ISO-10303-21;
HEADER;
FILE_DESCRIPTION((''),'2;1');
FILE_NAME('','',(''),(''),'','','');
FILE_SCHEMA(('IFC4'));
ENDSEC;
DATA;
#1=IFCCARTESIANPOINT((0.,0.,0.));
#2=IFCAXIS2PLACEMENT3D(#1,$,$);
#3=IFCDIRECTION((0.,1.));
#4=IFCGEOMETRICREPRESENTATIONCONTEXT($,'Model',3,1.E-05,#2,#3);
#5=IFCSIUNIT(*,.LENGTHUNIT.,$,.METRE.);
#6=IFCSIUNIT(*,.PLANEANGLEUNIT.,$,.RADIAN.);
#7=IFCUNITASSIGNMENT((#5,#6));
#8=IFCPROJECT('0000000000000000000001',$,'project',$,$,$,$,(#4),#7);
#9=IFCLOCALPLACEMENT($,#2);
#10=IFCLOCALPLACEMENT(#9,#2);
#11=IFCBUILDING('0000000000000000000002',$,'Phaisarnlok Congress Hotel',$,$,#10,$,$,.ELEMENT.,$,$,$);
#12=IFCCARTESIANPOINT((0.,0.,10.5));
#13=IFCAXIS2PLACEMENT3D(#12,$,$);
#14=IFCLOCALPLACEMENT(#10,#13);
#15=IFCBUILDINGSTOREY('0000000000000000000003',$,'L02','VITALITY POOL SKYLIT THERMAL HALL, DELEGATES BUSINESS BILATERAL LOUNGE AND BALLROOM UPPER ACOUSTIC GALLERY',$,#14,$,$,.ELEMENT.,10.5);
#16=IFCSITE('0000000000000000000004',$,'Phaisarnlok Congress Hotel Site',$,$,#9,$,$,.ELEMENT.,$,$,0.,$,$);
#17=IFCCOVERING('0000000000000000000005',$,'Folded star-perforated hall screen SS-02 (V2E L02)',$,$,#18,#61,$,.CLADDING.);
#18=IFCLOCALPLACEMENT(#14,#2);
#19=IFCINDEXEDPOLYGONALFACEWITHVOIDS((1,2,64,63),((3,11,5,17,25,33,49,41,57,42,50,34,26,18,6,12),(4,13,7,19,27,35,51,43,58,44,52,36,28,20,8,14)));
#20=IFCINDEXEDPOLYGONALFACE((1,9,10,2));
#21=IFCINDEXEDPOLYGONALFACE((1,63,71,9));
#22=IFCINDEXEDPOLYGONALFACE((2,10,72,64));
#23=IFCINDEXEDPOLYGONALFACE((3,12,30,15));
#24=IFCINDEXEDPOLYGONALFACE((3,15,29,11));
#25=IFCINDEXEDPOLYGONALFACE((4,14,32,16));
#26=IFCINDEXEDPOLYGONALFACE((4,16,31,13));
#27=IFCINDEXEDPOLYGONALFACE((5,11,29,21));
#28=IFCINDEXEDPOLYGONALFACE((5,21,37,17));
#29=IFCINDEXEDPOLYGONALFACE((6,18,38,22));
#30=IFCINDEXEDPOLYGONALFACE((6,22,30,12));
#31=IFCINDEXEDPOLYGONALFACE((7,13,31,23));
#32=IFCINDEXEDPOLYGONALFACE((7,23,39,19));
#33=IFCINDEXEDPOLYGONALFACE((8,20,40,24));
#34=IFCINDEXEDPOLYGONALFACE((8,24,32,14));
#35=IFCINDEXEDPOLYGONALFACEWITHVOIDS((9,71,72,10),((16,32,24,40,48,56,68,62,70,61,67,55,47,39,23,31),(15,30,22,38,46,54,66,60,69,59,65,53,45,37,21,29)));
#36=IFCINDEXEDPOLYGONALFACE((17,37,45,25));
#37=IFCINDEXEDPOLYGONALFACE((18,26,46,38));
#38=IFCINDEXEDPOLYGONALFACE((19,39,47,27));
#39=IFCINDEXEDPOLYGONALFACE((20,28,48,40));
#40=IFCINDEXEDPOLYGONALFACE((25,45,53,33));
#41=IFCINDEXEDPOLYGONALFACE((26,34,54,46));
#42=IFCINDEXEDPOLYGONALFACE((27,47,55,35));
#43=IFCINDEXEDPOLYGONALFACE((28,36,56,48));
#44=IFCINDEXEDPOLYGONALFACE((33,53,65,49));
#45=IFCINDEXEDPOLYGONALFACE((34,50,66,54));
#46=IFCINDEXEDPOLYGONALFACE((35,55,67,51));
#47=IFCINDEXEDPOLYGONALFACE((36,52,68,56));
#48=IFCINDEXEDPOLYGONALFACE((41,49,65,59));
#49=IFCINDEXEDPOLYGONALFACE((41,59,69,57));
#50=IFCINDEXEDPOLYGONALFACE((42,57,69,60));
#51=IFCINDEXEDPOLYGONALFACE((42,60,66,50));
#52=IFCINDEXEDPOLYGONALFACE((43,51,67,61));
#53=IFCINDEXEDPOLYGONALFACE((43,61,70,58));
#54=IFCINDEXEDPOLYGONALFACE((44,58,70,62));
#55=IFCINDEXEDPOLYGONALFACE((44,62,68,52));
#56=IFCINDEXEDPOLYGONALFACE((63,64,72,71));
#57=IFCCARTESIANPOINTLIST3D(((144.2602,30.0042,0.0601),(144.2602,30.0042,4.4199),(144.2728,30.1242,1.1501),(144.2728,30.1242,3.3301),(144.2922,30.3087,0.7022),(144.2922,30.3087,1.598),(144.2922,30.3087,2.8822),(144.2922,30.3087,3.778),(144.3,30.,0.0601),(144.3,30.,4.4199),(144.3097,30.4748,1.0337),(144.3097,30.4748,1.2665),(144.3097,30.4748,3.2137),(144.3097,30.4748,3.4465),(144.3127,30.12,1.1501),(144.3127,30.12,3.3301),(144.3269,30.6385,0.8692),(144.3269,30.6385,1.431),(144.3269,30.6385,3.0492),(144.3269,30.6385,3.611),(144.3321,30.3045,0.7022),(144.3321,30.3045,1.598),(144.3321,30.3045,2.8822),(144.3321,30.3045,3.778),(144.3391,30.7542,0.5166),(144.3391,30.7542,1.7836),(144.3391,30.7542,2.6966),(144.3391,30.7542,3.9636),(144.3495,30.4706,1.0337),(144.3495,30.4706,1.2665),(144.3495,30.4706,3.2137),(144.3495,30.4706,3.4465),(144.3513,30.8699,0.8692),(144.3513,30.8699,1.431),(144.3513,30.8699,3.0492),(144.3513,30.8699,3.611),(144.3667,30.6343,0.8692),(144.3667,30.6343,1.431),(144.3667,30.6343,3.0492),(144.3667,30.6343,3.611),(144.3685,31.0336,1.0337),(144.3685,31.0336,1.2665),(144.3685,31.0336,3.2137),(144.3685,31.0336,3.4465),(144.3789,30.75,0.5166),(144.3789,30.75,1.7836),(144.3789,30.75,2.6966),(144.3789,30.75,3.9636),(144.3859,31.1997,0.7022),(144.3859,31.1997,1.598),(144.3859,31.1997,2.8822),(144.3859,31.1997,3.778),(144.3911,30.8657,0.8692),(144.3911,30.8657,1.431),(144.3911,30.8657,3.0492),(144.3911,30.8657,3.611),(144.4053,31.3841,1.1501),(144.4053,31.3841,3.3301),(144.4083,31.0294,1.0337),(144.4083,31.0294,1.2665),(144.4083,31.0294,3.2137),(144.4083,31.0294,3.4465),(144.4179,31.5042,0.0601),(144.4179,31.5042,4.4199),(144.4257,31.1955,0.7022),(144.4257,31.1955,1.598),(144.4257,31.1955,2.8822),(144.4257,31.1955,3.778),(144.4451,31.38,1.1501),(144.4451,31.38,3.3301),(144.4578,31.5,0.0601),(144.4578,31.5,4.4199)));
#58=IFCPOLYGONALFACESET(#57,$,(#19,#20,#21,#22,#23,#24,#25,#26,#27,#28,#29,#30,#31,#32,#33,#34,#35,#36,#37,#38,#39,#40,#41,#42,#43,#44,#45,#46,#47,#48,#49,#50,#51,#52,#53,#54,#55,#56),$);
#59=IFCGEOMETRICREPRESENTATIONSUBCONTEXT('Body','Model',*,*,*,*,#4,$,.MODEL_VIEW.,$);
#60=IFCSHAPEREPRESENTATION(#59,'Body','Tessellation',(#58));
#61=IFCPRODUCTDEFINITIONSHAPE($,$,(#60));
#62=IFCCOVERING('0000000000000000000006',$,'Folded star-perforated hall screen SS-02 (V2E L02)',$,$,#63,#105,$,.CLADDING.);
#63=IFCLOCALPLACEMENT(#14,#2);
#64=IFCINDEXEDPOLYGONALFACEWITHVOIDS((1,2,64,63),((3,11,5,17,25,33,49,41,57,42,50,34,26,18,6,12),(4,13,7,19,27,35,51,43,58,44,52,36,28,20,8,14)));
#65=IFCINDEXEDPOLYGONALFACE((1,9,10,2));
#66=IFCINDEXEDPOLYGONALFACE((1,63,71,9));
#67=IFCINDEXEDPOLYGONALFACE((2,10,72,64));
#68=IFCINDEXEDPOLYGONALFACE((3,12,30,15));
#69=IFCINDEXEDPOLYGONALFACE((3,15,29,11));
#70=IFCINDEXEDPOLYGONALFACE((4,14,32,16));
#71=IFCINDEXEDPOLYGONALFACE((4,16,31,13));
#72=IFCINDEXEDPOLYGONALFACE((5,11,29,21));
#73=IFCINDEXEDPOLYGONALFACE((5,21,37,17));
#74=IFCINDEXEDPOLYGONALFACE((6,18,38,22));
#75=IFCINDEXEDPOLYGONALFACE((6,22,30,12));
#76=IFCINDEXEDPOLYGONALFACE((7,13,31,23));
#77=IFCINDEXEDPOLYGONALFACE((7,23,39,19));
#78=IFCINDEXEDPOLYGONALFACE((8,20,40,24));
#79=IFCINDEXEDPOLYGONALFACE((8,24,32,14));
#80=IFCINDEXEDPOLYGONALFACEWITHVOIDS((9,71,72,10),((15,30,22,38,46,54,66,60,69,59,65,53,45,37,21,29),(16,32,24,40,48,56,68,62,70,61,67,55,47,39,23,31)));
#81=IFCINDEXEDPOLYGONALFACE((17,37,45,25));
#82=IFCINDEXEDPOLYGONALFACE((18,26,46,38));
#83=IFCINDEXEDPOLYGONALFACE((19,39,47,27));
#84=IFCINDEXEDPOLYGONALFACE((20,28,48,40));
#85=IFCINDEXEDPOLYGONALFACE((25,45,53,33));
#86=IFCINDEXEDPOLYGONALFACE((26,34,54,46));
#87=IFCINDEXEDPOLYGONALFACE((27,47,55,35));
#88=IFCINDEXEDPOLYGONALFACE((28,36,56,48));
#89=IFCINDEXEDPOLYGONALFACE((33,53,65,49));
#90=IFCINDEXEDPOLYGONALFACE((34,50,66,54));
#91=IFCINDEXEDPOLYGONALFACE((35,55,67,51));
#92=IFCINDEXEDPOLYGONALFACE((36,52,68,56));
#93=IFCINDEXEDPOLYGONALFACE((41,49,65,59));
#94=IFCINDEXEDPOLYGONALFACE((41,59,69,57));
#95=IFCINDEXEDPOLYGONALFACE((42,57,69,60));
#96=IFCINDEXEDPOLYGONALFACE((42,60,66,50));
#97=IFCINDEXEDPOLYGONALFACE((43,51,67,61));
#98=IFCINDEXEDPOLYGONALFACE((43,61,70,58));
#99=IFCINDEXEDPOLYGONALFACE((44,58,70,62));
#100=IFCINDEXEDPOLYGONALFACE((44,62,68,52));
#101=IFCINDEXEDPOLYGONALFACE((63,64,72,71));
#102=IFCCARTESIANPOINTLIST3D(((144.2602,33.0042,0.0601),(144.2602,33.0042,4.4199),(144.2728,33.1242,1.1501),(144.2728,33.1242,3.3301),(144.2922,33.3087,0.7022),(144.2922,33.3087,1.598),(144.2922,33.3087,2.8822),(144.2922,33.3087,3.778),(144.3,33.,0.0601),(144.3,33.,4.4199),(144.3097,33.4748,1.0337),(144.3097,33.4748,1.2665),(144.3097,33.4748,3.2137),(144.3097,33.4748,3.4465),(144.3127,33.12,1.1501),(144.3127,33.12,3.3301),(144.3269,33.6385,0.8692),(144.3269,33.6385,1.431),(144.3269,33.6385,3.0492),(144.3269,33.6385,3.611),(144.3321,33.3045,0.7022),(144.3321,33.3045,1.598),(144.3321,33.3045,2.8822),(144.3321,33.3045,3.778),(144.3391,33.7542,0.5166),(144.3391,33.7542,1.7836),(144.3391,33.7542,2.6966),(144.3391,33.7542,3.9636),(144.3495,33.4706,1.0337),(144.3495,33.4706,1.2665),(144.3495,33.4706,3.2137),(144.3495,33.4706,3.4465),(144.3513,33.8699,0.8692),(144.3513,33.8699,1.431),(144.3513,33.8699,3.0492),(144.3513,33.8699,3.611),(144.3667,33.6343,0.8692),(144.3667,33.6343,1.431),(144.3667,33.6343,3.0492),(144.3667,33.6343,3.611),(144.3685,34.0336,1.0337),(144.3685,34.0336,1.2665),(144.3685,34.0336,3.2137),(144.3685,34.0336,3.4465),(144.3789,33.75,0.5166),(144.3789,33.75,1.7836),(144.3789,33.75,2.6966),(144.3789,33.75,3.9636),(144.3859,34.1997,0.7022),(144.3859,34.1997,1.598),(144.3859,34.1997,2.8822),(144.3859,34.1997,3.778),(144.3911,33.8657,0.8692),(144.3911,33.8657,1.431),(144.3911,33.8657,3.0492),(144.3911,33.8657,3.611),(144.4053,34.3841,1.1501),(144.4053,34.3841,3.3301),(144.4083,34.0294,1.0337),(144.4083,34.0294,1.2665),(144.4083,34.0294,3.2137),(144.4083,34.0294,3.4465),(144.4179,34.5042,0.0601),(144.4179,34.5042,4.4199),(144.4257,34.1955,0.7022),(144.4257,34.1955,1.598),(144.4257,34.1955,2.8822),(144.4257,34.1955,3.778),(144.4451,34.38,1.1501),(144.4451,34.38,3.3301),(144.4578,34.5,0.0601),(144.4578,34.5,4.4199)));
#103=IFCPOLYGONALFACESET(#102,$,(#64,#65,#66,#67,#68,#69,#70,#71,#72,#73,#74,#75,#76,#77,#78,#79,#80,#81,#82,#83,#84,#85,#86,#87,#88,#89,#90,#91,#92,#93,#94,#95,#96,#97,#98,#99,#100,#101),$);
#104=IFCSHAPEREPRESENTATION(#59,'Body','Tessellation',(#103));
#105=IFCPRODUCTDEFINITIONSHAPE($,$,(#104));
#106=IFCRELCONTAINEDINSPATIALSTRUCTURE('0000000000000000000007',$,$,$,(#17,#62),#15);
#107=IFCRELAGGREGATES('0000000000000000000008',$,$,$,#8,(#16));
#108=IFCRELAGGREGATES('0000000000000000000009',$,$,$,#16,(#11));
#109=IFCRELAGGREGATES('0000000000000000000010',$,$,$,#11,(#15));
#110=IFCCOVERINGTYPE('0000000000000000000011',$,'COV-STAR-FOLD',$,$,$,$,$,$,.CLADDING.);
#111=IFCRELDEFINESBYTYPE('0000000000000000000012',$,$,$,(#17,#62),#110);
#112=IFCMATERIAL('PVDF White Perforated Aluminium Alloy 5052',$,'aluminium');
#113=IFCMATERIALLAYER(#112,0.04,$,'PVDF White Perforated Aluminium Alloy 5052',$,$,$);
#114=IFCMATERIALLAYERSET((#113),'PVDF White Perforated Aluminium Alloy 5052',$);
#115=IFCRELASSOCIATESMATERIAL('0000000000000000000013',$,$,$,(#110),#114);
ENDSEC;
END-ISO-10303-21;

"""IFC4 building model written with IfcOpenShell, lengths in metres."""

from ifc_helpers import new_model, si_unit, direction, frame, origin, place, context, subcontext, project, spatial, polyline, outline, extrude, material, layer, layer_set, type_object, element, save


model = new_model("IFC4")

# Units and contexts
model_context = context("Model", 3, precision=1e-05, world=origin(), true_north=direction((0.0, 1.0)))
body_context = subcontext(model_context, "Body", "Model", "MODEL_VIEW")
ifc_project = project(units=[si_unit("LENGTHUNIT", "METRE"), si_unit("PLANEANGLEUNIT", "RADIAN")], contexts=[model_context])

# Site, building, storey
site_placement = place(None, origin())
site = spatial("IfcSite", under=ifc_project, at=site_placement, Name="Phaisarnlok Congress Hotel Site", CompositionType="ELEMENT", RefElevation=0.0)
building_placement = place(site_placement, origin())
building = spatial("IfcBuilding", under=site, at=building_placement, Name="Phaisarnlok Congress Hotel", CompositionType="ELEMENT")
storey_placement = place(building_placement, frame((0.0, 0.0, 10.5)))
storey = spatial("IfcBuildingStorey", under=building, at=storey_placement, Name="L02", Description="VITALITY POOL SKYLIT THERMAL HALL, DELEGATES BUSINESS BILATERAL LOUNGE AND BALLROOM UPPER ACOUSTIC GALLERY", CompositionType="ELEMENT", Elevation=10.5)

# Coverings
ifc_material_1 = material(Name="PVDF White Perforated Aluminium Alloy 5052", Category="aluminium")
ifc_layer_1 = layer(ifc_material_1, 0.04, Name="PVDF White Perforated Aluminium Alloy 5052")
ifc_layer_set_1 = layer_set([ifc_layer_1], Name="PVDF White Perforated Aluminium Alloy 5052")
covering_type = type_object("IfcCoveringType", Name="COV-STAR-FOLD", PredefinedType="CLADDING", material=ifc_layer_set_1)
for number, where, z_axis, x_axis, name in (
    (1, (144.4578, 31.5, 0.0601), (-0.994518, 0.104567, 0.0), (-0.104567, -0.994518, 0.0), "Folded star-perforated hall screen SS-02 (V2E L02)"),
    (2, (144.4578, 34.5, 0.0601), (-0.994518, 0.104567, 0.0), (-0.104567, -0.994518, 0.0), "Folded star-perforated hall screen SS-02 (V2E L02)"),
):
    element("IfcCovering", number, at=place(storey_placement, frame(where, z_axis=z_axis, x_axis=x_axis)), inside=storey, type_object=covering_type, Name=name, PredefinedType="CLADDING", context=body_context, shape_type="SweptSolid", body=[
        extrude(outline(polyline([(0.0, 0.0), (1.5083, 0.0), (1.5083, 4.3599), (0.0, 4.3599), (0.0, 0.0)]), holes=[polyline([(1.0351, 0.9736), (1.2021, 0.6421), (0.8705, 0.8091), (0.7541, 0.4565), (0.6378, 0.8091), (0.3062, 0.6421), (0.4732, 0.9736), (0.1207, 1.09), (0.4732, 1.2064), (0.3062, 1.5379), (0.6378, 1.3709), (0.7541, 1.7235), (0.8705, 1.3709), (1.2021, 1.5379), (1.0351, 1.2064), (1.3876, 1.09), (1.0351, 0.9736)]), polyline([(1.0351, 3.1536), (1.2021, 2.8221), (0.8705, 2.9891), (0.7541, 2.6365), (0.6378, 2.9891), (0.3062, 2.8221), (0.4732, 3.1536), (0.1207, 3.27), (0.4732, 3.3864), (0.3062, 3.7179), (0.6378, 3.5509), (0.7541, 3.9035), (0.8705, 3.5509), (1.2021, 3.7179), (1.0351, 3.3864), (1.3876, 3.27), (1.0351, 3.1536)])]), origin(), (0.0, 0.0, 1.0), 0.04),
    ])

save(model, "model.ifc")
